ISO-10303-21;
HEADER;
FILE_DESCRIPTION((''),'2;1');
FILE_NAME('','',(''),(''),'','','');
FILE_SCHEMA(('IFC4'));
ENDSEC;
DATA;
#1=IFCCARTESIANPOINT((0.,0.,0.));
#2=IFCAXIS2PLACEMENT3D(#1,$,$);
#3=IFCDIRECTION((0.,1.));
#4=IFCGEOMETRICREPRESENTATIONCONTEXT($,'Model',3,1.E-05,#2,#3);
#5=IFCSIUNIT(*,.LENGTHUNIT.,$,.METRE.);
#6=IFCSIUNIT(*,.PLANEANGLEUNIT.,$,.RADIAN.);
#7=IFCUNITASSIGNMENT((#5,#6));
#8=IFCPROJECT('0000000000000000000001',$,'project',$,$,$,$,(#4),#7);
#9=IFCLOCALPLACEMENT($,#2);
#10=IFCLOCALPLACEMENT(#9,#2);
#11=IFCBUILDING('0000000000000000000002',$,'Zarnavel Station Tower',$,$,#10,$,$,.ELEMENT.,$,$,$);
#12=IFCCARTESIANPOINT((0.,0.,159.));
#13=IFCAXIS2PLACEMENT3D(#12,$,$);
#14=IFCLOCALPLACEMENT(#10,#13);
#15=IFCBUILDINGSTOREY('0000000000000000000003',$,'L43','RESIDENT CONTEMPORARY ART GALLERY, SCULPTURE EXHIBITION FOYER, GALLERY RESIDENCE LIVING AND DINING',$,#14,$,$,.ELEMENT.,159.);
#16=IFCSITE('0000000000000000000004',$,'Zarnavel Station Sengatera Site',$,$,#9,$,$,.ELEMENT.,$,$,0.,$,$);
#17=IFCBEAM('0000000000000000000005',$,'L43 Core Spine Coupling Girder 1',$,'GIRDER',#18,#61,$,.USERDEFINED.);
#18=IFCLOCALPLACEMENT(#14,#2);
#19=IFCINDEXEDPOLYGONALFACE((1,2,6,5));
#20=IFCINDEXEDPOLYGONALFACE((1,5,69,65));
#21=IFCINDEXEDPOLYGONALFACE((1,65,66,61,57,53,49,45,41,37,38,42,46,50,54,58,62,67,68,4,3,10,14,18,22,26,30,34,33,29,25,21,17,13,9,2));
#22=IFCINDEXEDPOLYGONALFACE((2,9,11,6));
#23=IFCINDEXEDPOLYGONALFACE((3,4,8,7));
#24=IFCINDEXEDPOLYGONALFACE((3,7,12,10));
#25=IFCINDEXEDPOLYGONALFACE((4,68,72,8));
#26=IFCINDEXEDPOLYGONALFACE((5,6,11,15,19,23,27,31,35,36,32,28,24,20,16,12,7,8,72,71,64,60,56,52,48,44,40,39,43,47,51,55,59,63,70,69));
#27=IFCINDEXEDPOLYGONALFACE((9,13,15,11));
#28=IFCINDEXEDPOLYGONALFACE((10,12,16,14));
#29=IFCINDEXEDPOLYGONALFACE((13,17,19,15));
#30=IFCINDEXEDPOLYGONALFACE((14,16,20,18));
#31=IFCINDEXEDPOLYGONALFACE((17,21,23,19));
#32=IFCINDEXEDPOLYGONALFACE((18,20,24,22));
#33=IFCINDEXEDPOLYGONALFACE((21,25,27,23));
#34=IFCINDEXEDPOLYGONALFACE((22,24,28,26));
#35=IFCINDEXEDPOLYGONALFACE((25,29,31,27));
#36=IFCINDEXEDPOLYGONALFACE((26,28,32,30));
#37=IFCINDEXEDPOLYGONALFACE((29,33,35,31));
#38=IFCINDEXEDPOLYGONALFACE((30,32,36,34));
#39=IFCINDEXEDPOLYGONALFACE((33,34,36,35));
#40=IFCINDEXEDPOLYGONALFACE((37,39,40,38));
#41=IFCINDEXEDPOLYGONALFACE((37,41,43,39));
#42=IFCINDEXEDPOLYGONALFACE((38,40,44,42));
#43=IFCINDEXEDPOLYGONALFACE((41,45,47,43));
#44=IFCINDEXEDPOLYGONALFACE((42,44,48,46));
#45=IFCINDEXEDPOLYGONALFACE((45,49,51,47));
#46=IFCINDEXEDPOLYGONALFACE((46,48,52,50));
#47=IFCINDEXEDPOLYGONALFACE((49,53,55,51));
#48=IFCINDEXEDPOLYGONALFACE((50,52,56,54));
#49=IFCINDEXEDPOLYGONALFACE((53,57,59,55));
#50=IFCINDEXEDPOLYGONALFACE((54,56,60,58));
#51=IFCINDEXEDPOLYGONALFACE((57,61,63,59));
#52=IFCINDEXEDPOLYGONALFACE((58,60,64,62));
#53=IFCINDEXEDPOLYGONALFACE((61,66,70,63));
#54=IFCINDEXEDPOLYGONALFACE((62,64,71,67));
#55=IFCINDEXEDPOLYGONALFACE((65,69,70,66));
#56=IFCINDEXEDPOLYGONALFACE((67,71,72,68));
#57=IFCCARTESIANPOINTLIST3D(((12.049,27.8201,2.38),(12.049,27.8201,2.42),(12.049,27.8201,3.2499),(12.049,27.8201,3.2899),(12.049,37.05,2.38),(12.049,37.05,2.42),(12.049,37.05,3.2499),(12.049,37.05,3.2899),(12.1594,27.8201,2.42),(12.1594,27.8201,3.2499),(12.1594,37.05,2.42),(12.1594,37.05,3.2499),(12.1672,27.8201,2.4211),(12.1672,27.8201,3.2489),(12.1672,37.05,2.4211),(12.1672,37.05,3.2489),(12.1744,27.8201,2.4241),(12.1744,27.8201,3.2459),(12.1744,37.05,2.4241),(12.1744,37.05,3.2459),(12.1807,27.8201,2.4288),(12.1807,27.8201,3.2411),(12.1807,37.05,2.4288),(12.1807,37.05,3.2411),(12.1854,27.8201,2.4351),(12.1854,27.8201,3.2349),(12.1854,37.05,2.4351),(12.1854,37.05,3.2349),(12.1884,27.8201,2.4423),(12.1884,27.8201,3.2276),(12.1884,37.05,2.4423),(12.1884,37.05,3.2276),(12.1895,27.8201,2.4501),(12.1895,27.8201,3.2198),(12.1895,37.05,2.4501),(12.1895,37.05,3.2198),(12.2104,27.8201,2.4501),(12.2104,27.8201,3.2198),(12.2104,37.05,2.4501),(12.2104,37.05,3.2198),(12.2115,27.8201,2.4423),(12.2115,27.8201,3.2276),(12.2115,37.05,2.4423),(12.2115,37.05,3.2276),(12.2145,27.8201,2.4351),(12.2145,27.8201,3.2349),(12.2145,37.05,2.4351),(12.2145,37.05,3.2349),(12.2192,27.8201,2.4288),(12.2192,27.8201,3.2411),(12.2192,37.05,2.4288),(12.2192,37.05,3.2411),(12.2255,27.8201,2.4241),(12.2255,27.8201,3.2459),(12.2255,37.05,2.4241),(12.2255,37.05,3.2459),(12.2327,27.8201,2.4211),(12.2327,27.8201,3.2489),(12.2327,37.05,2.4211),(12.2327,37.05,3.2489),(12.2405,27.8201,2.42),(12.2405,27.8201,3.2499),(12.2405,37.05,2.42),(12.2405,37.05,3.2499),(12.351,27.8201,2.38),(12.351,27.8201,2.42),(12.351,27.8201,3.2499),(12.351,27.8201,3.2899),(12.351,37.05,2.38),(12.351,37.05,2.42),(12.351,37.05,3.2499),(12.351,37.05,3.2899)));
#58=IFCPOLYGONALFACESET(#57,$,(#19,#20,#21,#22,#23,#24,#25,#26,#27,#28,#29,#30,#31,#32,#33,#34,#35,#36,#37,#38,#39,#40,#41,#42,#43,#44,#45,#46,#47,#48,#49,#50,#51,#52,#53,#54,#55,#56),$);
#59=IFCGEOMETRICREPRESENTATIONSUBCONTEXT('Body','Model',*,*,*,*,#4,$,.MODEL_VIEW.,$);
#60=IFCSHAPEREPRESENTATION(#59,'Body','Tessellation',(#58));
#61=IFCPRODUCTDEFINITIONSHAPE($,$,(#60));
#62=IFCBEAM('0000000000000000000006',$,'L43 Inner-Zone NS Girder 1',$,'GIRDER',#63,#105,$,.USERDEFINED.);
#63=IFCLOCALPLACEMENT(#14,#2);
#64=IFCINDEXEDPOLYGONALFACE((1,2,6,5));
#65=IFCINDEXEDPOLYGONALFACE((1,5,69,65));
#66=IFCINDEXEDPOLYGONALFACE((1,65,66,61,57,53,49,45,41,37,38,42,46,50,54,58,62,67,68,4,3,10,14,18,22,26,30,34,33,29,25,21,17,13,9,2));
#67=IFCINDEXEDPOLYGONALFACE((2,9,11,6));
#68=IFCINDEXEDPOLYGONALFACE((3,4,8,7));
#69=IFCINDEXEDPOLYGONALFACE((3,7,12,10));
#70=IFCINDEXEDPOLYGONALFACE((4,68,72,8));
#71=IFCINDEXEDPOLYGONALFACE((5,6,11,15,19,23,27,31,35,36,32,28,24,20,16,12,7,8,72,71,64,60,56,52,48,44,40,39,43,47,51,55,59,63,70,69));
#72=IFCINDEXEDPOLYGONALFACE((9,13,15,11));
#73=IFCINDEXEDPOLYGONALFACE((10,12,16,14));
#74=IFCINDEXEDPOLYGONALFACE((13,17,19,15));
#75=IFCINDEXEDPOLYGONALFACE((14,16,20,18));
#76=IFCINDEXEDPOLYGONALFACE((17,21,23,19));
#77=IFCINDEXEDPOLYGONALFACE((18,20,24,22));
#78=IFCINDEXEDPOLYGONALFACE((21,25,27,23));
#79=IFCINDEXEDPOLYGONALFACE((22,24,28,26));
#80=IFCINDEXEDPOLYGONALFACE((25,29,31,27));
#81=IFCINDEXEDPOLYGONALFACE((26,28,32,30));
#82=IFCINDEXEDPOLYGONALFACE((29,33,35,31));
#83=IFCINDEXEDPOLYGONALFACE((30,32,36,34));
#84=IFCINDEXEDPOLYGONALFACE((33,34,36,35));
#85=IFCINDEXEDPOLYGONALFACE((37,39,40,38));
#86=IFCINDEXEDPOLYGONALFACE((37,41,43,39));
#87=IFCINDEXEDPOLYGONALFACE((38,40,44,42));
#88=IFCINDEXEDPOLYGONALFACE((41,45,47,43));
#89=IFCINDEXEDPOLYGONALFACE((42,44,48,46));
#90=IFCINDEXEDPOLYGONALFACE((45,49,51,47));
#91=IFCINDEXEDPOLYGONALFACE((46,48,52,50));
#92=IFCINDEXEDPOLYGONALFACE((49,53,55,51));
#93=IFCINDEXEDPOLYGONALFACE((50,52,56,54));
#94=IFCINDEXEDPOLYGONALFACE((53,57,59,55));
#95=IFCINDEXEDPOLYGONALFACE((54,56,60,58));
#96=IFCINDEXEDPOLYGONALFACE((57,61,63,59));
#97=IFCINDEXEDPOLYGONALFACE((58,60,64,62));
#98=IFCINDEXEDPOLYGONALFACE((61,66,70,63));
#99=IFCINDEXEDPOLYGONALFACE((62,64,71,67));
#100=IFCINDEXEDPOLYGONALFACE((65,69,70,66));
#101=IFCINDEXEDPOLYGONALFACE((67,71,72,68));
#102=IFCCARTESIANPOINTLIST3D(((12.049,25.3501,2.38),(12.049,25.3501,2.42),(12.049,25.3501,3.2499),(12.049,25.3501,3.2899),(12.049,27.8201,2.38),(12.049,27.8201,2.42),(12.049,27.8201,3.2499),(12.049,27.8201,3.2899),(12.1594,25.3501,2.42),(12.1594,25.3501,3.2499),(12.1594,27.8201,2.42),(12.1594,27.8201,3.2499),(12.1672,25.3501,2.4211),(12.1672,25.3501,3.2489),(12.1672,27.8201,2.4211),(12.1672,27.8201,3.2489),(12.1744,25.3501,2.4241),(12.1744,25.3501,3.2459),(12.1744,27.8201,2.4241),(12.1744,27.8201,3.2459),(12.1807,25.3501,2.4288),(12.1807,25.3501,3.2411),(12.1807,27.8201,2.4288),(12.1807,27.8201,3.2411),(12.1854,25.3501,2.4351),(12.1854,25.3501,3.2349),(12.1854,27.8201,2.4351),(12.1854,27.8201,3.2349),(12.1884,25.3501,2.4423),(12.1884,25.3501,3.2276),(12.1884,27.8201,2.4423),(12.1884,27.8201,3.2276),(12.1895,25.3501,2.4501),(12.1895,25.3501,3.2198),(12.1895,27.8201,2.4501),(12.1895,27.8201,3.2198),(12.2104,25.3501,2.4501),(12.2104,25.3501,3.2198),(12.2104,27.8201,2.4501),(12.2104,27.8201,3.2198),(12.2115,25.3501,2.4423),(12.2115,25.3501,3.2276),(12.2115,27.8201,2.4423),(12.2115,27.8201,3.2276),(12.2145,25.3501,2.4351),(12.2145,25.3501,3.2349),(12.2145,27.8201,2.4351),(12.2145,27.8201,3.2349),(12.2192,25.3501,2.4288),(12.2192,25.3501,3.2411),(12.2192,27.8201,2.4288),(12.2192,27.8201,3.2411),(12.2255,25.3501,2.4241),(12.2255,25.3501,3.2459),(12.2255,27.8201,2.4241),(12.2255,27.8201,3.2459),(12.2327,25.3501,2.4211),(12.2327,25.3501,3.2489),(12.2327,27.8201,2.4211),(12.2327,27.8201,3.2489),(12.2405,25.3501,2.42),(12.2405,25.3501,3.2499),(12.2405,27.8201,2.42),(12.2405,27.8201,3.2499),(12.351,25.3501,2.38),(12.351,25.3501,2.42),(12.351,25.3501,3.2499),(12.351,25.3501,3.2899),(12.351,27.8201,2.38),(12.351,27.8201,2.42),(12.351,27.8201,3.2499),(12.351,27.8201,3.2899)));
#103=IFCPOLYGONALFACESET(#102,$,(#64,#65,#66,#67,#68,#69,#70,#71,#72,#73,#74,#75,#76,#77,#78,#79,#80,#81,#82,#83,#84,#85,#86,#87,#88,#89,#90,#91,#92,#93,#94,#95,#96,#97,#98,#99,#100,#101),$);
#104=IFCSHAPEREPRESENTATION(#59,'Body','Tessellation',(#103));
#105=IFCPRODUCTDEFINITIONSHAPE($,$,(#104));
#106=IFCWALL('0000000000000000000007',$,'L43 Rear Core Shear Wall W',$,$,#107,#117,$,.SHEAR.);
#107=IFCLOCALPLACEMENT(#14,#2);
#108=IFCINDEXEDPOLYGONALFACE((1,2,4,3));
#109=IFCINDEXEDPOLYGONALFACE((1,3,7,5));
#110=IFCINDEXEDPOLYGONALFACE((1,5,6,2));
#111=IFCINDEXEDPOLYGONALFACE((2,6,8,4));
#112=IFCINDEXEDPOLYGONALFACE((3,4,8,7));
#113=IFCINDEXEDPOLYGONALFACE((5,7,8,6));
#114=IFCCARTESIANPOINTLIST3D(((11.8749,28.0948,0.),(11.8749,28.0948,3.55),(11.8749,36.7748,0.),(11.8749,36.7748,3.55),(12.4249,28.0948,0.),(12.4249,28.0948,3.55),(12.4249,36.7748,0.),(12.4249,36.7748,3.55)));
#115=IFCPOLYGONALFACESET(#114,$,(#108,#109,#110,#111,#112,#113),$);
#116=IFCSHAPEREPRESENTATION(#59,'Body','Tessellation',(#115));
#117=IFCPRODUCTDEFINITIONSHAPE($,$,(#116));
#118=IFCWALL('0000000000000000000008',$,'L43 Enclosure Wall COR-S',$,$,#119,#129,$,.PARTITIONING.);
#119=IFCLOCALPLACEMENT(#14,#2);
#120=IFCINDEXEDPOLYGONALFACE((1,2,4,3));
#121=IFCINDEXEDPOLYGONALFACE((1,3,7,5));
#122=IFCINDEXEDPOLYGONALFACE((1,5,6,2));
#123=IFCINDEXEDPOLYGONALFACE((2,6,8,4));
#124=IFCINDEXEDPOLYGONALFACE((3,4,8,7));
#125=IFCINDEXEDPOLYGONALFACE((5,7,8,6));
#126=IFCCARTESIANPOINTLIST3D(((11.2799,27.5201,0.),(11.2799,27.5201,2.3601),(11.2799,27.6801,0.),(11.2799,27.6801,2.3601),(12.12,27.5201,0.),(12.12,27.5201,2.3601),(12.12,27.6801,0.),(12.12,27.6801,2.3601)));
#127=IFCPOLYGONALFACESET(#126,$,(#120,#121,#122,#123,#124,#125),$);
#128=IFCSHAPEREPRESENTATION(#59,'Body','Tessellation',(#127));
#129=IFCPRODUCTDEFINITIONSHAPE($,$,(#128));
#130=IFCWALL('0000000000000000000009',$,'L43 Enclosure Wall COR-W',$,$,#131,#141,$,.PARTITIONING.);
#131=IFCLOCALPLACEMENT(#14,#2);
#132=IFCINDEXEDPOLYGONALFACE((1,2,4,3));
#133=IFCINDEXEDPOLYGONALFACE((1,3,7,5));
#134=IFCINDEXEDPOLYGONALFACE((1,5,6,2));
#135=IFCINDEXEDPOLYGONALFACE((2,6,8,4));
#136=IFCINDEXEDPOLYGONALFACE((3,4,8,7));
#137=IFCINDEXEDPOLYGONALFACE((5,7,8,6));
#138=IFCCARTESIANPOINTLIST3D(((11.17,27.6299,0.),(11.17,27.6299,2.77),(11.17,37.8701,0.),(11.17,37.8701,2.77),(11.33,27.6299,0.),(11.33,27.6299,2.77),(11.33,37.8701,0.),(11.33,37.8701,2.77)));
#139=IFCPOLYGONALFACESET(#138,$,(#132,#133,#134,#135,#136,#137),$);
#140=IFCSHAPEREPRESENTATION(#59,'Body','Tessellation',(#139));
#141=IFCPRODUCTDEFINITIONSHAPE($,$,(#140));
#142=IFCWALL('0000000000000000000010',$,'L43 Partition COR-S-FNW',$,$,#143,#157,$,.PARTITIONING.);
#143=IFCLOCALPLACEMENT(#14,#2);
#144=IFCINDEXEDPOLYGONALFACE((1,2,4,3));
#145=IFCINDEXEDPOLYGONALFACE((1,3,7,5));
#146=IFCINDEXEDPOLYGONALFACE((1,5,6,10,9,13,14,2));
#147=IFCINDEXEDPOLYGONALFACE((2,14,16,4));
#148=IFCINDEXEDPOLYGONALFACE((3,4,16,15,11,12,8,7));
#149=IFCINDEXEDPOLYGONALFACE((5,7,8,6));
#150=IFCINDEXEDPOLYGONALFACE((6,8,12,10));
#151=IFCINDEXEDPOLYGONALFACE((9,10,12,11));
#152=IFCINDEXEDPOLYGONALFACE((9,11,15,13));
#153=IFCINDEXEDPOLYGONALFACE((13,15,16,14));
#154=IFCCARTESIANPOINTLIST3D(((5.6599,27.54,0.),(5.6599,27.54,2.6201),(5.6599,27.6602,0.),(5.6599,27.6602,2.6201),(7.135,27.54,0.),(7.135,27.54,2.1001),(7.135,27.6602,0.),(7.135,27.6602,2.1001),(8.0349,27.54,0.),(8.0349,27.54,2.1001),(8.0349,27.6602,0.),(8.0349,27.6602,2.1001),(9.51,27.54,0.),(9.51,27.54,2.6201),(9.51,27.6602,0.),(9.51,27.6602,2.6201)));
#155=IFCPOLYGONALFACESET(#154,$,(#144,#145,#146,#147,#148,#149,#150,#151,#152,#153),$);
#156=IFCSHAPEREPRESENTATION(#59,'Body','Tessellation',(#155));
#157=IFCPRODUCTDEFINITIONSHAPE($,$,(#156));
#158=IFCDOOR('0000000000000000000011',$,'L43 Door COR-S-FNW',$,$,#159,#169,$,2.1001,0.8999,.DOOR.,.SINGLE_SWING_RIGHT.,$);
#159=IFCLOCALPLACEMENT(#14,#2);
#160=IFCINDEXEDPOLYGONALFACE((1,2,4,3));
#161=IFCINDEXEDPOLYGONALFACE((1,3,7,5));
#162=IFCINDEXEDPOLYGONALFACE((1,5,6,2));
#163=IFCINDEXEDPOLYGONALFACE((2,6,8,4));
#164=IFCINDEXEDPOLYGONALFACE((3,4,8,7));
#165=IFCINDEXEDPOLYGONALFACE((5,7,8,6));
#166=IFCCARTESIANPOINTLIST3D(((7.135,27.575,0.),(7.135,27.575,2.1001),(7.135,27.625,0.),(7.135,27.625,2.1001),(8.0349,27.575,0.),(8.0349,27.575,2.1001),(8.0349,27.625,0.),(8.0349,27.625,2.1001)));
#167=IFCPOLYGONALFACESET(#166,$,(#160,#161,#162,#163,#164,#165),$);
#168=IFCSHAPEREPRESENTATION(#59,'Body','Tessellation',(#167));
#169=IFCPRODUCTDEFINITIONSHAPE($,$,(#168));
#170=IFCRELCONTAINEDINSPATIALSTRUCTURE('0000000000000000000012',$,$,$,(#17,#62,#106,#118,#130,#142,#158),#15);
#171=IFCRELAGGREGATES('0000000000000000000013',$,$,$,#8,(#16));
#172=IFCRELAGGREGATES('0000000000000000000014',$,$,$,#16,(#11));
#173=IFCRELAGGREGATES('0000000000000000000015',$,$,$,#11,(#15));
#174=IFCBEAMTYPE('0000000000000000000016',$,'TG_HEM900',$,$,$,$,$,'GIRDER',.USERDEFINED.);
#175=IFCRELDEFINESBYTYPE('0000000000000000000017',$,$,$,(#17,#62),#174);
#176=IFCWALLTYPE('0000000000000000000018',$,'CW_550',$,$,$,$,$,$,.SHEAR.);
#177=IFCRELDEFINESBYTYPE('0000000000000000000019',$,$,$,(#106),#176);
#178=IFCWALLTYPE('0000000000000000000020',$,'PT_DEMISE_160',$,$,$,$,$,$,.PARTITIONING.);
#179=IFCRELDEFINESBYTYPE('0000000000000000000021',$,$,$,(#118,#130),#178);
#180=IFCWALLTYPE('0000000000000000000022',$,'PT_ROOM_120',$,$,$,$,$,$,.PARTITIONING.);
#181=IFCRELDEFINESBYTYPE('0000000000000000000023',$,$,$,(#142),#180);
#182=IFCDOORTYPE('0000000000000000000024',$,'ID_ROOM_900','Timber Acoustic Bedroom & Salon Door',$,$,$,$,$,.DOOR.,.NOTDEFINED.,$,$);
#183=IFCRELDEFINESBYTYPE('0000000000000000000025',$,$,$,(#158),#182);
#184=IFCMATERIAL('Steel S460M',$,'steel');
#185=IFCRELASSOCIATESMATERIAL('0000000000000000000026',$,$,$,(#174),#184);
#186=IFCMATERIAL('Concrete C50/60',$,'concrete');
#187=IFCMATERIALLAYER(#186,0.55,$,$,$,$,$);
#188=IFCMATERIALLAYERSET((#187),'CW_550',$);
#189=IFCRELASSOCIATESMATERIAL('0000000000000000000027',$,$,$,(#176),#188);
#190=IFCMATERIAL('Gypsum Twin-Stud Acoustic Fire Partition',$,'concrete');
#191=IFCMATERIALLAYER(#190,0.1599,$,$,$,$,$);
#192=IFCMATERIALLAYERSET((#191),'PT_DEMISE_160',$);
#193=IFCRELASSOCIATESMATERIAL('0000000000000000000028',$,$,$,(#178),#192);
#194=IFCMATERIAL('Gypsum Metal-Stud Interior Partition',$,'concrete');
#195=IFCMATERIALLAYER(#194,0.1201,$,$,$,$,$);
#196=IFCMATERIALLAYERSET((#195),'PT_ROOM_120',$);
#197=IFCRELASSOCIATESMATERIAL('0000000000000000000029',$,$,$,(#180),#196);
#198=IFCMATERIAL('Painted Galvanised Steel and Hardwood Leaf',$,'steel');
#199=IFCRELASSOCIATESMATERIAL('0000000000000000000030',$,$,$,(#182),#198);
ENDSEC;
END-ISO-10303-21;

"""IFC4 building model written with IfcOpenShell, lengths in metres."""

from ifc_helpers import new_model, si_unit, direction, frame, frame_2d, origin, origin_2d, place, context, subcontext, project, spatial, rectangle, i_section, extrude, material, layer, layer_set, material_profile, profile_set, type_object, element, fill, save


model = new_model("IFC4")

# Units and contexts
model_context = context("Model", 3, precision=1e-05, world=origin(), true_north=direction((0.0, 1.0)))
body_context = subcontext(model_context, "Body", "Model", "MODEL_VIEW")
ifc_project = project(units=[si_unit("LENGTHUNIT", "METRE"), si_unit("PLANEANGLEUNIT", "RADIAN")], contexts=[model_context])

# Site, building, storey
site_placement = place(None, origin())
site = spatial("IfcSite", under=ifc_project, at=site_placement, Name="Zarnavel Station Sengatera Site", CompositionType="ELEMENT", RefElevation=0.0)
building_placement = place(site_placement, origin())
building = spatial("IfcBuilding", under=site, at=building_placement, Name="Zarnavel Station Tower", CompositionType="ELEMENT")
storey_placement = place(building_placement, frame((0.0, 0.0, 159.0)))
storey = spatial("IfcBuildingStorey", under=building, at=storey_placement, Name="L43", Description="RESIDENT CONTEMPORARY ART GALLERY, SCULPTURE EXHIBITION FOYER, GALLERY RESIDENCE LIVING AND DINING", CompositionType="ELEMENT", Elevation=159.0)

# Beams
ifc_material_1 = material(Name="Steel S460M", Category="steel")
ifc_material_profile_1 = material_profile(ifc_material_1, i_section(OverallWidth=0.302, OverallDepth=0.9099, WebThickness=0.021, FlangeThickness=0.04, FilletRadius=0.03, at=origin_2d()), Name="HEM900")
ifc_profile_set_1 = profile_set([ifc_material_profile_1], Name="Steel S460M")
beam_type_1 = type_object("IfcBeamType", Name="TG_HEM900", ElementType="GIRDER", PredefinedType="USERDEFINED", material=ifc_profile_set_1)
beam_1_placement = place(storey_placement, frame((12.2, 27.8201, 2.835), z_axis=(0.0, 1.0, 0.0), x_axis=(-1.0, 0.0, 0.0)))
element("IfcBeam", 1, at=beam_1_placement, inside=storey, type_object=beam_type_1, Name="L43 Core Spine Coupling Girder 1", ObjectType="GIRDER", PredefinedType="USERDEFINED", context=body_context, shape_type="SweptSolid", body=[
    extrude(i_section(OverallWidth=0.302, OverallDepth=0.9099, WebThickness=0.021, FlangeThickness=0.04, FilletRadius=0.03, at=origin_2d()), origin(), (0.0, 0.0, 1.0), 9.23),
])
beam_2_placement = place(storey_placement, frame((12.2, 25.3501, 2.835), z_axis=(0.0, 1.0, 0.0), x_axis=(-1.0, 0.0, 0.0)))
element("IfcBeam", 2, at=beam_2_placement, inside=storey, type_object=beam_type_1, Name="L43 Inner-Zone NS Girder 1", ObjectType="GIRDER", PredefinedType="USERDEFINED", context=body_context, shape_type="SweptSolid", body=[
    extrude(i_section(OverallWidth=0.302, OverallDepth=0.9099, WebThickness=0.021, FlangeThickness=0.04, FilletRadius=0.03, at=origin_2d()), origin(), (0.0, 0.0, 1.0), 2.47),
])

# Walls
ifc_material_2 = material(Name="Concrete C50/60", Category="concrete")
ifc_layer_1 = layer(ifc_material_2, 0.55)
ifc_layer_set_1 = layer_set([ifc_layer_1], Name="CW_550")
wall_type_1 = type_object("IfcWallType", Name="CW_550", PredefinedType="SHEAR", material=ifc_layer_set_1)
wall_1_placement = place(storey_placement, frame((12.1499, 28.095, 0.0), z_axis=(0.0, 0.0, 1.0), x_axis=(0.0, 1.0, 0.0)))
element("IfcWall", 3, at=wall_1_placement, inside=storey, type_object=wall_type_1, Name="L43 Rear Core Shear Wall W", PredefinedType="SHEAR", context=body_context, shape_type="SweptSolid", body=[
    extrude(rectangle(XDim=8.6799, YDim=0.55, at=frame_2d((4.3398, 0.0))), origin(), (0.0, 0.0, 1.0), 3.55),
])
ifc_material_3 = material(Name="Gypsum Twin-Stud Acoustic Fire Partition", Category="concrete")
ifc_layer_2 = layer(ifc_material_3, 0.1599)
ifc_layer_set_2 = layer_set([ifc_layer_2], Name="PT_DEMISE_160")
wall_type_2 = type_object("IfcWallType", Name="PT_DEMISE_160", PredefinedType="PARTITIONING", material=ifc_layer_set_2)
wall_2_placement = place(storey_placement, frame((11.28, 27.6001, 0.0), z_axis=(0.0, 0.0, 1.0), x_axis=(1.0, 0.0, 0.0)))
element("IfcWall", 4, at=wall_2_placement, inside=storey, type_object=wall_type_2, Name="L43 Enclosure Wall COR-S", PredefinedType="PARTITIONING", context=body_context, shape_type="SweptSolid", body=[
    extrude(rectangle(XDim=0.8401, YDim=0.1599, at=frame_2d((0.4199, 0.0))), origin(), (0.0, 0.0, 1.0), 2.3601),
])
wall_3_placement = place(storey_placement, frame((11.25, 27.6299, 0.0), z_axis=(0.0, 0.0, 1.0), x_axis=(0.0, 1.0, 0.0)))
element("IfcWall", 5, at=wall_3_placement, inside=storey, type_object=wall_type_2, Name="L43 Enclosure Wall COR-W", PredefinedType="PARTITIONING", context=body_context, shape_type="SweptSolid", body=[
    extrude(rectangle(XDim=10.2402, YDim=0.1599, at=frame_2d((5.1201, 0.0))), origin(), (0.0, 0.0, 1.0), 2.77),
])

# Wall, opening, door
ifc_material_4 = material(Name="Gypsum Metal-Stud Interior Partition", Category="concrete")
ifc_layer_3 = layer(ifc_material_4, 0.1201)
ifc_layer_set_3 = layer_set([ifc_layer_3], Name="PT_ROOM_120")
wall_type_3 = type_object("IfcWallType", Name="PT_ROOM_120", PredefinedType="PARTITIONING", material=ifc_layer_set_3)
wall_4_placement = place(storey_placement, frame((5.6599, 27.6001, 0.0), z_axis=(0.0, 0.0, 1.0), x_axis=(1.0, 0.0, 0.0)))
wall_4 = element("IfcWall", 6, at=wall_4_placement, inside=storey, type_object=wall_type_3, Name="L43 Partition COR-S-FNW", PredefinedType="PARTITIONING", context=body_context, shape_type="SweptSolid", body=[
    extrude(rectangle(XDim=3.8501, YDim=0.1201, at=frame_2d((1.925, 0.0))), origin(), (0.0, 0.0, 1.0), 2.6201),
])
opening_1_placement = place(wall_4_placement, frame((1.4751, 0.0, 0.0)))
opening_1 = element("IfcOpeningElement", 7, at=opening_1_placement, cuts=wall_4, PredefinedType="OPENING", context=body_context, shape_type="SweptSolid", body=[
    extrude(rectangle(XDim=0.8999, YDim=2.1001, at=frame_2d((0.45, 1.05))), frame((0.0, 0.0701, 0.0), z_axis=(0.0, -1.0, 0.0), x_axis=(1.0, 0.0, 0.0)), (0.0, 0.0, 1.0), 0.1401),
])
ifc_material_5 = material(Name="Painted Galvanised Steel and Hardwood Leaf", Category="steel")
door_type = type_object("IfcDoorType", Name="ID_ROOM_900", Description="Timber Acoustic Bedroom & Salon Door", OperationType="NOTDEFINED", PredefinedType="DOOR", material=ifc_material_5)
door_1_placement = place(opening_1_placement, origin())
door_1 = element("IfcDoor", 8, at=door_1_placement, inside=storey, type_object=door_type, Name="L43 Door COR-S-FNW", OperationType="SINGLE_SWING_RIGHT", OverallHeight=2.1001, OverallWidth=0.8999, PredefinedType="DOOR", context=body_context, shape_type="SweptSolid", body=[
    extrude(rectangle(XDim=0.8999, YDim=2.1001, at=frame_2d((0.45, 1.05))), frame((0.0, 0.0249, 0.0), z_axis=(0.0, -1.0, 0.0), x_axis=(1.0, 0.0, 0.0)), (0.0, 0.0, 1.0), 0.05),
])
fill(opening_1, door_1)

save(model, "model.ifc")
